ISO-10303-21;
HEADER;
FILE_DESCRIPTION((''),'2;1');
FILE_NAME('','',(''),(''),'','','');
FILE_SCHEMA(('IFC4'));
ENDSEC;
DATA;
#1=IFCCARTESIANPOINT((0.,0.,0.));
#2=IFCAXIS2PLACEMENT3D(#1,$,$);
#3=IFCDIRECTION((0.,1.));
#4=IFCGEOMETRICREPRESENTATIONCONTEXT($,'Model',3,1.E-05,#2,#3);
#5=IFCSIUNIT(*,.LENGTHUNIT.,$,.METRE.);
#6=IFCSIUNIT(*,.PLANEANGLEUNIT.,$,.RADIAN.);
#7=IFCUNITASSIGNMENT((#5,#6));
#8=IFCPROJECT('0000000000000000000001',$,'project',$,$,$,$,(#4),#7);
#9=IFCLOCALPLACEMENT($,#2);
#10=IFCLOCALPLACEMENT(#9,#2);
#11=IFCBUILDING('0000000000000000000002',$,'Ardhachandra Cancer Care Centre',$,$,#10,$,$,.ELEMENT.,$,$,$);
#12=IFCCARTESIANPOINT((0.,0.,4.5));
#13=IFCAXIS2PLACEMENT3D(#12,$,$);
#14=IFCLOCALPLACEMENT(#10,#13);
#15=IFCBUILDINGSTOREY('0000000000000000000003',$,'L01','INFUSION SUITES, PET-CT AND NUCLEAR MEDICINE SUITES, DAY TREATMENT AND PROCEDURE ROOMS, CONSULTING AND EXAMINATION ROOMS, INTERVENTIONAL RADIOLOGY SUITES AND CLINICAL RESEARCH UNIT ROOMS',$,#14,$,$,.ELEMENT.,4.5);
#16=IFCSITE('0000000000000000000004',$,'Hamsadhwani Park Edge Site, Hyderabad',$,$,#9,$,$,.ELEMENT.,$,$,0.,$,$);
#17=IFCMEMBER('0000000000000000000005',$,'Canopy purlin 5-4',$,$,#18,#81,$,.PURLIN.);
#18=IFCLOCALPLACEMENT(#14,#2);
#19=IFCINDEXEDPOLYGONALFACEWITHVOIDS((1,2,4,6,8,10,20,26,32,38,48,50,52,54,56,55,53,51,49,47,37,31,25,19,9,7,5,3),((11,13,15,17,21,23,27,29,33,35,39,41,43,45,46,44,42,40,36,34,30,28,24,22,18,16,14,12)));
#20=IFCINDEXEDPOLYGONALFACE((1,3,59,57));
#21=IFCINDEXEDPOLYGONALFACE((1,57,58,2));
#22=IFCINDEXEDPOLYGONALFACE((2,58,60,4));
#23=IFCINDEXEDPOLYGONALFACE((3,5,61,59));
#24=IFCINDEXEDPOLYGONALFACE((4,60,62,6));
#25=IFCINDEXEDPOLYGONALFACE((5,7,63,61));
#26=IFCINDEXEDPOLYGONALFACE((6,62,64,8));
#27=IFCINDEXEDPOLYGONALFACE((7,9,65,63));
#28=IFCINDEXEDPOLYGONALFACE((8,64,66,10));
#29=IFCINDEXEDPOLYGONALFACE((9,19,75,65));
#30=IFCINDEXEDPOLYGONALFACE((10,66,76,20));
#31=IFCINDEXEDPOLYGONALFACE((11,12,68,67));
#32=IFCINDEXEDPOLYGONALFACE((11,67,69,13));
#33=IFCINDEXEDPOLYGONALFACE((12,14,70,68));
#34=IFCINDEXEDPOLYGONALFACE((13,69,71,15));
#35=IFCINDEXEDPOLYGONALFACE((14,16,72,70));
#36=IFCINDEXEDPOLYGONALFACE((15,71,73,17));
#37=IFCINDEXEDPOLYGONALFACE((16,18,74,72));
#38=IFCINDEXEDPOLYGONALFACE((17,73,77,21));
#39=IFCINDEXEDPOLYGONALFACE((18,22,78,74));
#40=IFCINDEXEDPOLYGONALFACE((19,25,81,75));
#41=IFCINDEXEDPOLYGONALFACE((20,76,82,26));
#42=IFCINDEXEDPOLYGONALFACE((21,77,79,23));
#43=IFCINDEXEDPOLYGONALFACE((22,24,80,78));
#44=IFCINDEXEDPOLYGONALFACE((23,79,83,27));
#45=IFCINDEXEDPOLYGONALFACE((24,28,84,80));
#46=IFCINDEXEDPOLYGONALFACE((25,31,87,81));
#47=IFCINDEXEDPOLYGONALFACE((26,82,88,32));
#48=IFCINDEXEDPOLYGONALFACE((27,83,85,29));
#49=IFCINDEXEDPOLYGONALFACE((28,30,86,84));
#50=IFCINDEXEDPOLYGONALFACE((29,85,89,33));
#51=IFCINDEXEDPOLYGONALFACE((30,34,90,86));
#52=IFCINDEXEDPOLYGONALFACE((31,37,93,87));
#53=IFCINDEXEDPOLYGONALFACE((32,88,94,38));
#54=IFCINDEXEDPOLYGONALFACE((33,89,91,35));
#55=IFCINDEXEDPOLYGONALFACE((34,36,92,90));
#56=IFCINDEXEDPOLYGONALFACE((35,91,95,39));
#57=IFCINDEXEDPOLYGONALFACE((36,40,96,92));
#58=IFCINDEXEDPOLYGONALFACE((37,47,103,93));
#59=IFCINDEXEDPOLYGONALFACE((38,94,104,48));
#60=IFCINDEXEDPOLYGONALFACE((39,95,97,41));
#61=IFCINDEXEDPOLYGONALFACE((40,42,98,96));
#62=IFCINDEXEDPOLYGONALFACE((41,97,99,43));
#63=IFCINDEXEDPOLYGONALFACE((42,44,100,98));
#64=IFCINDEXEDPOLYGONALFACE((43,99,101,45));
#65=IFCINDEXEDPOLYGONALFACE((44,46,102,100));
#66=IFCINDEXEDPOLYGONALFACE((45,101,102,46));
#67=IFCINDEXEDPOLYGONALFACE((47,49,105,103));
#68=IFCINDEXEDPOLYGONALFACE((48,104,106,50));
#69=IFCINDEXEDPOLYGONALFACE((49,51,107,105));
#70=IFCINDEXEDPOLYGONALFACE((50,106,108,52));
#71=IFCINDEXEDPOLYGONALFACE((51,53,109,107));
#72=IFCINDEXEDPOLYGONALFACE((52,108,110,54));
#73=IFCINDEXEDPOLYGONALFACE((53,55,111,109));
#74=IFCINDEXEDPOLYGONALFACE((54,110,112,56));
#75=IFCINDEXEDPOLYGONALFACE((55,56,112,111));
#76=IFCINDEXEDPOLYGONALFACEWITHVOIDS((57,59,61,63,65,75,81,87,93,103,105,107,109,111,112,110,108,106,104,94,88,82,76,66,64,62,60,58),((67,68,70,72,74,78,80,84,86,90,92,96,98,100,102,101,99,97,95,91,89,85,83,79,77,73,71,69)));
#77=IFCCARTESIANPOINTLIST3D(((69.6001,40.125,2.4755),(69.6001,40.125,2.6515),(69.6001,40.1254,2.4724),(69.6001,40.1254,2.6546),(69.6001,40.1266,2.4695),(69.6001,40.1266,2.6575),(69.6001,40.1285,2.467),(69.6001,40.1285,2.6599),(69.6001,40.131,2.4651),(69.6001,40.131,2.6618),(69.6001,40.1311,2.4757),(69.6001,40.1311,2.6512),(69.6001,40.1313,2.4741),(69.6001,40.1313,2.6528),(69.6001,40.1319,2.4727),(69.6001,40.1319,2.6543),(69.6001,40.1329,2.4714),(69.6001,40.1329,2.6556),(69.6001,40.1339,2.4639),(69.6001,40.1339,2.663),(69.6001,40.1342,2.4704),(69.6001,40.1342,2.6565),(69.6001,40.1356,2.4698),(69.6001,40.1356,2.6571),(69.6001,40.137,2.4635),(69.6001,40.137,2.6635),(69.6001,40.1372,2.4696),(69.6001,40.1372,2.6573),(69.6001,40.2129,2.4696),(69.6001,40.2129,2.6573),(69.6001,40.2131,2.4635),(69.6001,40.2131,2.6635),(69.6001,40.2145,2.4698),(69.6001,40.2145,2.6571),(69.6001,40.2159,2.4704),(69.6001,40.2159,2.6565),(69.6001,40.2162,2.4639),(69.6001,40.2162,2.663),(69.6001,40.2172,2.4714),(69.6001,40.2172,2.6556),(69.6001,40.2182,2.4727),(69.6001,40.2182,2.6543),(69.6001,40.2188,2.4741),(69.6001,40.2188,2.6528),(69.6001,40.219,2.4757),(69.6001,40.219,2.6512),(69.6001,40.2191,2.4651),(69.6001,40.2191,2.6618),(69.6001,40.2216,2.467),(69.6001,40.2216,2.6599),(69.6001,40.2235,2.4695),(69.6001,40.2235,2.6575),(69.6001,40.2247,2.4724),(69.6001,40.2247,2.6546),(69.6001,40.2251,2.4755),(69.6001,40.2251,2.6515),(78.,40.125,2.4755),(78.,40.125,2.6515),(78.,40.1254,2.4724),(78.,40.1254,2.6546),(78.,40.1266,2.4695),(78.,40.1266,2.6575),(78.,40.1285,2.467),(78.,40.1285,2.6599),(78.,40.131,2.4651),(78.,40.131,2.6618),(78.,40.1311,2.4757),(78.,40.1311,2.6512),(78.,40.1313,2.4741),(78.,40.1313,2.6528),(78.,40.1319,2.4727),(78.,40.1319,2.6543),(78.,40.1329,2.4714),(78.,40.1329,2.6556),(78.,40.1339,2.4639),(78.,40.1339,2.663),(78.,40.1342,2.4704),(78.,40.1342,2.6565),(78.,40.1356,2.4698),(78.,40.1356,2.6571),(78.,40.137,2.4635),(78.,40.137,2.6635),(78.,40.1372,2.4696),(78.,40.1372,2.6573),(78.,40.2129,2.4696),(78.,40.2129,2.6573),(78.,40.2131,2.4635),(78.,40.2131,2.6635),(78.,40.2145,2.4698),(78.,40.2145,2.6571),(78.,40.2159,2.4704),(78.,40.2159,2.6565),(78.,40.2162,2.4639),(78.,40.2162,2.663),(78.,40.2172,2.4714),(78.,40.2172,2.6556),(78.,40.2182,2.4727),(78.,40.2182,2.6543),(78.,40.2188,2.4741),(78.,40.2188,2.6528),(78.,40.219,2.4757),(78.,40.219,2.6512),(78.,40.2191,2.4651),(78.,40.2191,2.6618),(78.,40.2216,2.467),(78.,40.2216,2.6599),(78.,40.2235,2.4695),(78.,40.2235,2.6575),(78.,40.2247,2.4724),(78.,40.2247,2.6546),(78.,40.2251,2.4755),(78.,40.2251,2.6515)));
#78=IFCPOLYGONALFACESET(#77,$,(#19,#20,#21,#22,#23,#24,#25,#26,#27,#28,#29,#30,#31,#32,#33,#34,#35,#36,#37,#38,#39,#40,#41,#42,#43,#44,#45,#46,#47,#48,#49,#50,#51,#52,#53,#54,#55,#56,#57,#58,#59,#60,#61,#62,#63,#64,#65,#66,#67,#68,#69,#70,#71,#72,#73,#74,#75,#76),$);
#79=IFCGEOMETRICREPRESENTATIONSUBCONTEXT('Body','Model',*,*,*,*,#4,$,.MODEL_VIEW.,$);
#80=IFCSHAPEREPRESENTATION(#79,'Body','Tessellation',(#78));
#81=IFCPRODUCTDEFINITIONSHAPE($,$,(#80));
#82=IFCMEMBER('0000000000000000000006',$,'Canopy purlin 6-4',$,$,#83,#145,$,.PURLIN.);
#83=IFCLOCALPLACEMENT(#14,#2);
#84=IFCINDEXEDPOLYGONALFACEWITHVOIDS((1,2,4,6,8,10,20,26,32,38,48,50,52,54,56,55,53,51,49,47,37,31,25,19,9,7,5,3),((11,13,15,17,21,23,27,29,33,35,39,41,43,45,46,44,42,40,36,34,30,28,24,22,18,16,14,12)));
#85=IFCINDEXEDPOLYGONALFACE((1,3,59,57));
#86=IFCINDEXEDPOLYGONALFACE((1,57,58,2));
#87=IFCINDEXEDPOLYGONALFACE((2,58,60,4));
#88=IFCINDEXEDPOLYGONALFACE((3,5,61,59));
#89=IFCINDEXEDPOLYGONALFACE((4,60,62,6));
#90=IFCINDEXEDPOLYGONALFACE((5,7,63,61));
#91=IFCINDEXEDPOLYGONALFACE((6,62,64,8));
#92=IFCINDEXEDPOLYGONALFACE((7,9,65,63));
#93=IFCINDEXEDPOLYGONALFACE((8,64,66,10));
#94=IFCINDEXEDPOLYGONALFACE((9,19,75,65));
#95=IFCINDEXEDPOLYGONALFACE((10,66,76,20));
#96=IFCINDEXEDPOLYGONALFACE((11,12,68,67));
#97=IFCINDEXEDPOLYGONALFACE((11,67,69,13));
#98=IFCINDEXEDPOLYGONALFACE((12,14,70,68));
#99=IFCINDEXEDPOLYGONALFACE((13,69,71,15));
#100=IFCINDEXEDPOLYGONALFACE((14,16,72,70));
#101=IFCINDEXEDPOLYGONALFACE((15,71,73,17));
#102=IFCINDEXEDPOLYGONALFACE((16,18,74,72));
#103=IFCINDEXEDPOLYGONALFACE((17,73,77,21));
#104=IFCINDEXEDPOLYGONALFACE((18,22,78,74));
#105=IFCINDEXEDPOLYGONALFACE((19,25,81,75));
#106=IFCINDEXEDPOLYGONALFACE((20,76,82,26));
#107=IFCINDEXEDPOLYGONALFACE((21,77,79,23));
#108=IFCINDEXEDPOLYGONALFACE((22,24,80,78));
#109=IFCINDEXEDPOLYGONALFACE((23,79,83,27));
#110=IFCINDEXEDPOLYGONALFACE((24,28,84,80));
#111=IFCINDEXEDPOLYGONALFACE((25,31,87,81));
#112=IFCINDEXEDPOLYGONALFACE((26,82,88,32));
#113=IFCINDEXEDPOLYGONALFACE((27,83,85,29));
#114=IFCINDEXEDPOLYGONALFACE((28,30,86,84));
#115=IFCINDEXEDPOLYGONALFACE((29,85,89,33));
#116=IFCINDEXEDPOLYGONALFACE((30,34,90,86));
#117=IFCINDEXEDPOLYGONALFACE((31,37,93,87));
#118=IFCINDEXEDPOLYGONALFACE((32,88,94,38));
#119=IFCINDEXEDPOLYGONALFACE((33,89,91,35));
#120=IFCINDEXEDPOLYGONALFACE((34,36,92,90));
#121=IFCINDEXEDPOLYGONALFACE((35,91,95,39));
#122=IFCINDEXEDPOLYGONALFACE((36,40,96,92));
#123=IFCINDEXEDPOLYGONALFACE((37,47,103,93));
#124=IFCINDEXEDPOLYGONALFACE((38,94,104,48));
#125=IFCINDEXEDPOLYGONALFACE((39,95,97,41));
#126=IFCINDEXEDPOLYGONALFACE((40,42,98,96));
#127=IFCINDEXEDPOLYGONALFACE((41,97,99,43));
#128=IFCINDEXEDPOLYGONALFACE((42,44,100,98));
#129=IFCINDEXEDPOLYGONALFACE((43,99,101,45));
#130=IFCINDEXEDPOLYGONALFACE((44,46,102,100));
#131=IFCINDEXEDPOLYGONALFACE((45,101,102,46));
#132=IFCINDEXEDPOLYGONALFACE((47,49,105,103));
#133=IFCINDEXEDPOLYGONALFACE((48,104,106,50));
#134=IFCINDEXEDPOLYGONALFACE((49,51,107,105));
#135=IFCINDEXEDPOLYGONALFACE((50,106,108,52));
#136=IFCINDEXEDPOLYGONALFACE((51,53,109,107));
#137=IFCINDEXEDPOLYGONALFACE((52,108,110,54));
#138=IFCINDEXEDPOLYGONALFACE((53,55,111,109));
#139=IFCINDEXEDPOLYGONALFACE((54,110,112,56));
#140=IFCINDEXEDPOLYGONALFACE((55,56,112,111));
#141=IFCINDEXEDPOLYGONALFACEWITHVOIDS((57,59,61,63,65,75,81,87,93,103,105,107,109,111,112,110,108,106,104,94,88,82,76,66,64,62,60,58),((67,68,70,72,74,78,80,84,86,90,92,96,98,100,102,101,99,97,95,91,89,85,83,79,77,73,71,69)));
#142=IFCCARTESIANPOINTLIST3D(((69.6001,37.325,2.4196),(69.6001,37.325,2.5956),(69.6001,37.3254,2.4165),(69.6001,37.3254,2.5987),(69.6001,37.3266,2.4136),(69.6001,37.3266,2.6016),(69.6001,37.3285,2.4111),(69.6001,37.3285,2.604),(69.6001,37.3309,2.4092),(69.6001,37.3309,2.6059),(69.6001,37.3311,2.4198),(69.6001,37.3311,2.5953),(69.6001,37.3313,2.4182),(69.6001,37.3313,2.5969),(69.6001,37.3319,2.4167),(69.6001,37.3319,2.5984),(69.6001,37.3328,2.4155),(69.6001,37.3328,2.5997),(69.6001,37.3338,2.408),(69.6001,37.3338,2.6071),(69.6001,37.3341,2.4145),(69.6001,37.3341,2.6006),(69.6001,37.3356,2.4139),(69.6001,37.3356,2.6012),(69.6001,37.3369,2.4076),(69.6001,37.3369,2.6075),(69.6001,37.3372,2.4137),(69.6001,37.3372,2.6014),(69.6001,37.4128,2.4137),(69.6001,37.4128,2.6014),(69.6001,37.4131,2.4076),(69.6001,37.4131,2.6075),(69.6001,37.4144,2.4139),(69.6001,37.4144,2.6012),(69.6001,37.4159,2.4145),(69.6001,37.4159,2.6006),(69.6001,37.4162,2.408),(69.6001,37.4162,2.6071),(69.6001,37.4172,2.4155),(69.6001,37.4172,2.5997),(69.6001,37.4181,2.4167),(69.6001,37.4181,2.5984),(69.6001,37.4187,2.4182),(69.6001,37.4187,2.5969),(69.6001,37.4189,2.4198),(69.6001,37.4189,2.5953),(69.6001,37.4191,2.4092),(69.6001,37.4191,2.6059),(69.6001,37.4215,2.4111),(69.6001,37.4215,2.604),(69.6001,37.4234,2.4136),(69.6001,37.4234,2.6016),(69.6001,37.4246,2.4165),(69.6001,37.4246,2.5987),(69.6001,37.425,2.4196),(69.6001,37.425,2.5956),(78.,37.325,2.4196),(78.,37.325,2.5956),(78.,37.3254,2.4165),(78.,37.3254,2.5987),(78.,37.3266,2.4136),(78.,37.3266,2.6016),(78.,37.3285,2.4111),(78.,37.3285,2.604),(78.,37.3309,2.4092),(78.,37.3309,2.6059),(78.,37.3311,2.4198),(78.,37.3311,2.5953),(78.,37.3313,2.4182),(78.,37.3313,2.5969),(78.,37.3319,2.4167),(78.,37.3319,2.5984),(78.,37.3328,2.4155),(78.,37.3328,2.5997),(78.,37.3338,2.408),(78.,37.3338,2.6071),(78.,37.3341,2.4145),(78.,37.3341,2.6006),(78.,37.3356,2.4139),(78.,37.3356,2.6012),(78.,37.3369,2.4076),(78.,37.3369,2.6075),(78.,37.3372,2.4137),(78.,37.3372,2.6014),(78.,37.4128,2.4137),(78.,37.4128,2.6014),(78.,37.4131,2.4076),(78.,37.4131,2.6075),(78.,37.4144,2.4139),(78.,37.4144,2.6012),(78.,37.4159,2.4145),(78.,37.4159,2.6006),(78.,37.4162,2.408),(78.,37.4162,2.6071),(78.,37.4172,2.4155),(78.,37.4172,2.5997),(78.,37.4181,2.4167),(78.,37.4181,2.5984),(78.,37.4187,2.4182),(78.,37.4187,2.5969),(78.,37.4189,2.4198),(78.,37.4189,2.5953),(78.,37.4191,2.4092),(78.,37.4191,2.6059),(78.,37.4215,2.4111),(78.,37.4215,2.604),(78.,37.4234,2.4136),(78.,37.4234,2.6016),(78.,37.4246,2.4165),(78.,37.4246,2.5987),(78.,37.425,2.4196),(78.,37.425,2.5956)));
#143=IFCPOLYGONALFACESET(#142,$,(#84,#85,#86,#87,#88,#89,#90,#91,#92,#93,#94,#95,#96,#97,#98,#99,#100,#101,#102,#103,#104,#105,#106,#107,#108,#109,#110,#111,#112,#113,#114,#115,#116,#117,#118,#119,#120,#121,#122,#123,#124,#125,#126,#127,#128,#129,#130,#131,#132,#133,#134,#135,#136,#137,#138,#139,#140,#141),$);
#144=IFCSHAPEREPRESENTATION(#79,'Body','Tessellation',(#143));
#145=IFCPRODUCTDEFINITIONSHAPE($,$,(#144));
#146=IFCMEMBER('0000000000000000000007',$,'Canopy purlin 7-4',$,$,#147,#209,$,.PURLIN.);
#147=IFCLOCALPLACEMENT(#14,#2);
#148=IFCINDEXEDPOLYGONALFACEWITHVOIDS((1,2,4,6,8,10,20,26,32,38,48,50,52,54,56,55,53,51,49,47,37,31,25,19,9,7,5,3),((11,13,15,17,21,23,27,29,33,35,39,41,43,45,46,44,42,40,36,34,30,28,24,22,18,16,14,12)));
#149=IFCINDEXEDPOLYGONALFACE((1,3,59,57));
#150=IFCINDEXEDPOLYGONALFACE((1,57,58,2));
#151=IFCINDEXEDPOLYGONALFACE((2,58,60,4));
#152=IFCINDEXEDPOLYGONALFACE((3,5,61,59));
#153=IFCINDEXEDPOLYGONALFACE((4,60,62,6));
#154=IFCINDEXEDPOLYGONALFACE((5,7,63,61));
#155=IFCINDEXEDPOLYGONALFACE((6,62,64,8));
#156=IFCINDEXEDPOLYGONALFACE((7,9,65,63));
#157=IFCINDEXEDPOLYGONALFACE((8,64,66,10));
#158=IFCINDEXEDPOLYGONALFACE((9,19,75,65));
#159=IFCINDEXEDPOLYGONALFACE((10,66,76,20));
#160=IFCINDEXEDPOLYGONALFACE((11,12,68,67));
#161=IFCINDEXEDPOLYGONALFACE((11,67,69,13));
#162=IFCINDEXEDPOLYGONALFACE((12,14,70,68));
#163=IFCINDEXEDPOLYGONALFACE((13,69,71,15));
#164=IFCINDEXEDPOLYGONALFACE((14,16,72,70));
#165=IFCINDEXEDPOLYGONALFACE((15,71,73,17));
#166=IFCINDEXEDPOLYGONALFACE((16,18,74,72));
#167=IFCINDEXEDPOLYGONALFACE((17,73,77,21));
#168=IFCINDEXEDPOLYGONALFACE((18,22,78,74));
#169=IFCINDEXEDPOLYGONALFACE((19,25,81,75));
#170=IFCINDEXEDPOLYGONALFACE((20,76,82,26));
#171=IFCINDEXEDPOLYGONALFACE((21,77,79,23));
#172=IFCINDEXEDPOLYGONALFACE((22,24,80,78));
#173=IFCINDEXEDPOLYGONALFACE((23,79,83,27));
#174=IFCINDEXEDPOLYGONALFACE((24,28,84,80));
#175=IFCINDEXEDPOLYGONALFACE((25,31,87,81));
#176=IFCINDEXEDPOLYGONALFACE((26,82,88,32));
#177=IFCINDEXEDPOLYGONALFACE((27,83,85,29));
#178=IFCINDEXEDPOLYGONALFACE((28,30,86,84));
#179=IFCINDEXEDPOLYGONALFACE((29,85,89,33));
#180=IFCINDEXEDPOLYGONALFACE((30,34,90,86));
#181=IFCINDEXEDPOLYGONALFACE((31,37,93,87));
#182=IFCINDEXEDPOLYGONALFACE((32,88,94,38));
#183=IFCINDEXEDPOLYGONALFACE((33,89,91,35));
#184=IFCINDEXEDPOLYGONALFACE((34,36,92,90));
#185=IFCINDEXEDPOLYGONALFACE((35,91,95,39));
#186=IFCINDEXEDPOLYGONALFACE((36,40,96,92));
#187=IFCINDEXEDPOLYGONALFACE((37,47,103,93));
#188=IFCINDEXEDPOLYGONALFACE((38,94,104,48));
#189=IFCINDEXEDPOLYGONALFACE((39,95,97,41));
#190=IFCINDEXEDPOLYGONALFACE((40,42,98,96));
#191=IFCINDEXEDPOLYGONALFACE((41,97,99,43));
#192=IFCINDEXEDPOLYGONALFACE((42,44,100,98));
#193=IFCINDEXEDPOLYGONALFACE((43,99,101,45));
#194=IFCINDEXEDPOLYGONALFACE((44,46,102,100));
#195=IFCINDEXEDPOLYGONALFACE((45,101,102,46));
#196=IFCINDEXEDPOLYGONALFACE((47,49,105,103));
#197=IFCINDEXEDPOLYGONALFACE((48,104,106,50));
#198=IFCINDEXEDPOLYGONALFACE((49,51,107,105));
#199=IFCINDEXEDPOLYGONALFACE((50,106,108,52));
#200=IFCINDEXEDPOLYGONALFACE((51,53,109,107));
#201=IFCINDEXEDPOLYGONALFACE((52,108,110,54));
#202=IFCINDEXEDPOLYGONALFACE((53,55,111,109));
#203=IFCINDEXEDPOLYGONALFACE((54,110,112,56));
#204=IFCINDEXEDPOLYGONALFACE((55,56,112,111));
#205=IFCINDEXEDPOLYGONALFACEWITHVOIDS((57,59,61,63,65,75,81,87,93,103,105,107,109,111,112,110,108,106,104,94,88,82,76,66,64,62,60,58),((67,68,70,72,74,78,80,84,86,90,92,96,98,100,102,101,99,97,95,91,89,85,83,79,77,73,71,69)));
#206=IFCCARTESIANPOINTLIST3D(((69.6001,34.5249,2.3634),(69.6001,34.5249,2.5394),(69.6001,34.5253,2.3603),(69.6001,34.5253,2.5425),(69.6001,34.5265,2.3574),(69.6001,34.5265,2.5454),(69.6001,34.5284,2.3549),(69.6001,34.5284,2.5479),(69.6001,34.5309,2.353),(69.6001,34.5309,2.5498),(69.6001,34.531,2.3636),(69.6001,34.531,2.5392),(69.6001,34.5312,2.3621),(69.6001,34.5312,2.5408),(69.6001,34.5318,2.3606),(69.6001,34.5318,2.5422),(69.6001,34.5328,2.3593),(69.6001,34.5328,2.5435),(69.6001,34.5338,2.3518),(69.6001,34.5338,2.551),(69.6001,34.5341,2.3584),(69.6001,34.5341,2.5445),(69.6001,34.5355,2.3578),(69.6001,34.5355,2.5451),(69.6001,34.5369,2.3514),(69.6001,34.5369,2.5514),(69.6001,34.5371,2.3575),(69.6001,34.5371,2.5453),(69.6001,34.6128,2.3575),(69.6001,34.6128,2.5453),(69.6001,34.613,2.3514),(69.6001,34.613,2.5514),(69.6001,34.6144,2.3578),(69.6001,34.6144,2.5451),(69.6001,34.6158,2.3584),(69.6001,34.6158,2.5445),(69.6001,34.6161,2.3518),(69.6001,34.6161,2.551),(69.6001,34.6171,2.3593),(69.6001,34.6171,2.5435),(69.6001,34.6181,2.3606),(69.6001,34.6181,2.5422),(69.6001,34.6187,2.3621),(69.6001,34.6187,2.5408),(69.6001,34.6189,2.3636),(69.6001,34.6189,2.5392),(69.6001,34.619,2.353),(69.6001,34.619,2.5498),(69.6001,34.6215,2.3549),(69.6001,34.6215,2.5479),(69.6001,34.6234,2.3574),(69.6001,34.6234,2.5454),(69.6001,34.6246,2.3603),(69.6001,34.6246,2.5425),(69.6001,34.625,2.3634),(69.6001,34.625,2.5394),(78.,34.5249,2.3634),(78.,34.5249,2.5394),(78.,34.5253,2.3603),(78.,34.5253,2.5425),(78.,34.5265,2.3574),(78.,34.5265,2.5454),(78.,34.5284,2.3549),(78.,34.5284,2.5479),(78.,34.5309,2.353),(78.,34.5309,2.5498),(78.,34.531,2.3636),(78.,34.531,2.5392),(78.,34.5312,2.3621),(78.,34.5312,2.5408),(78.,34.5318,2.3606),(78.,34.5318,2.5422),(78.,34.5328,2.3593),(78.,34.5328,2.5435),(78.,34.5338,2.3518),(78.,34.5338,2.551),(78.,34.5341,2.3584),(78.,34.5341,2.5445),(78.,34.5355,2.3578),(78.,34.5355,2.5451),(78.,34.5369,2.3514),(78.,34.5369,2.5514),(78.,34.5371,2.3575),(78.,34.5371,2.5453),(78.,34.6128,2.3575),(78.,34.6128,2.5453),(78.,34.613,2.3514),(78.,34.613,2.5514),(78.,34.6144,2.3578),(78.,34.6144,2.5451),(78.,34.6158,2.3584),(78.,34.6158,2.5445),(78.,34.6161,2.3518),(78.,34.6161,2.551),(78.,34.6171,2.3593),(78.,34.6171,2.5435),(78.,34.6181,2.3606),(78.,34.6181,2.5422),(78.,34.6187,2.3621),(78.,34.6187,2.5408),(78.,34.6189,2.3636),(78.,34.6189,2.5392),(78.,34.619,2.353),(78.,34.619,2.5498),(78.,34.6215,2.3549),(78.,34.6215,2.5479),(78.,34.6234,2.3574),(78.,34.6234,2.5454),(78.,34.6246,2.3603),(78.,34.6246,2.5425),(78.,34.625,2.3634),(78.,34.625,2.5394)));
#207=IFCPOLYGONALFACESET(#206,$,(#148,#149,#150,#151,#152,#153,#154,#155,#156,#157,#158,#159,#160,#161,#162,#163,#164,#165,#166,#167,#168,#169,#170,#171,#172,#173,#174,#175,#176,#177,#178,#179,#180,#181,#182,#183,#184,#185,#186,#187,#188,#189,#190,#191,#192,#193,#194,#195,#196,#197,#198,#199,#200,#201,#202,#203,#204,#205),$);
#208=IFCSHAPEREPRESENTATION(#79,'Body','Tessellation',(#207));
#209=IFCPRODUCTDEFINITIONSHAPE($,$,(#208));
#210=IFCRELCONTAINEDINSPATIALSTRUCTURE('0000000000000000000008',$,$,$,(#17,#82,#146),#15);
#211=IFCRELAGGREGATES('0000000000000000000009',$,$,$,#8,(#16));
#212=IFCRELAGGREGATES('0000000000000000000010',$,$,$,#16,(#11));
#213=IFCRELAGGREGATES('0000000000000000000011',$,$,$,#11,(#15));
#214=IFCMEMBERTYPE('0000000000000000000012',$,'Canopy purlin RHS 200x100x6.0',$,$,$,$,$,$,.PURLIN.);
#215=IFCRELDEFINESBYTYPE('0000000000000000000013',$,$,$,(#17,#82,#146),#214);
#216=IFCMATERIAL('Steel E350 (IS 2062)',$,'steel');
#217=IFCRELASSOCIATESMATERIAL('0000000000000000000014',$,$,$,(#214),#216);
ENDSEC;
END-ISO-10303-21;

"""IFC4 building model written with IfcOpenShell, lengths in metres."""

from ifc_helpers import new_model, si_unit, direction, frame, origin, origin_2d, place, context, subcontext, project, spatial, hollow_rectangle, extrude, material, material_profile, profile_set, type_object, element, save


model = new_model("IFC4")

# Units and contexts
model_context = context("Model", 3, precision=1e-05, world=origin(), true_north=direction((0.0, 1.0)))
body_context = subcontext(model_context, "Body", "Model", "MODEL_VIEW")
ifc_project = project(units=[si_unit("LENGTHUNIT", "METRE"), si_unit("PLANEANGLEUNIT", "RADIAN")], contexts=[model_context])

# Site, building, storey
site_placement = place(None, origin())
site = spatial("IfcSite", under=ifc_project, at=site_placement, Name="Hamsadhwani Park Edge Site, Hyderabad", CompositionType="ELEMENT", RefElevation=0.0)
building_placement = place(site_placement, origin())
building = spatial("IfcBuilding", under=site, at=building_placement, Name="Ardhachandra Cancer Care Centre", CompositionType="ELEMENT")
storey_placement = place(building_placement, frame((0.0, 0.0, 4.5)))
storey = spatial("IfcBuildingStorey", under=building, at=storey_placement, Name="L01", Description="INFUSION SUITES, PET-CT AND NUCLEAR MEDICINE SUITES, DAY TREATMENT AND PROCEDURE ROOMS, CONSULTING AND EXAMINATION ROOMS, INTERVENTIONAL RADIOLOGY SUITES AND CLINICAL RESEARCH UNIT ROOMS", CompositionType="ELEMENT", Elevation=4.5)

# Members
ifc_material_1 = material(Name="Steel E350 (IS 2062)", Category="steel")
ifc_material_profile_1 = material_profile(ifc_material_1, hollow_rectangle(XDim=0.1001, YDim=0.2, WallThickness=0.0061, InnerFilletRadius=0.0061, OuterFilletRadius=0.012, at=origin_2d()), Name="RHS 200x100x6.0")
ifc_profile_set_1 = profile_set([ifc_material_profile_1], Name="Steel E350 (IS 2062)")
member_type_1 = type_object("IfcMemberType", Name="Canopy purlin RHS 200x100x6.0", PredefinedType="PURLIN", material=ifc_profile_set_1)
for number, where, z_axis, x_axis, name in (
    (1, (69.6001, 40.175, 2.5635), (1.0, 0.0, 0.0), (0.0, 1.0, 0.0), "Canopy purlin 5-4"),
    (2, (69.6001, 37.375, 2.5076), (1.0, 0.0, 0.0), (0.0, 1.0, 0.0), "Canopy purlin 6-4"),
    (3, (69.6001, 34.575, 2.4514), (1.0, 0.0, 0.0), (0.0, 1.0, 0.0), "Canopy purlin 7-4"),
):
    element("IfcMember", number, at=place(storey_placement, frame(where, z_axis=z_axis, x_axis=x_axis)), inside=storey, type_object=member_type_1, Name=name, PredefinedType="PURLIN", context=body_context, shape_type="SweptSolid", body=[
        extrude(hollow_rectangle(XDim=0.1001, YDim=0.2, WallThickness=0.0061, InnerFilletRadius=0.0061, OuterFilletRadius=0.012, at=origin_2d()), origin(), (0.0, 0.0, 1.0), 8.3999),
    ])

save(model, "model.ifc")
